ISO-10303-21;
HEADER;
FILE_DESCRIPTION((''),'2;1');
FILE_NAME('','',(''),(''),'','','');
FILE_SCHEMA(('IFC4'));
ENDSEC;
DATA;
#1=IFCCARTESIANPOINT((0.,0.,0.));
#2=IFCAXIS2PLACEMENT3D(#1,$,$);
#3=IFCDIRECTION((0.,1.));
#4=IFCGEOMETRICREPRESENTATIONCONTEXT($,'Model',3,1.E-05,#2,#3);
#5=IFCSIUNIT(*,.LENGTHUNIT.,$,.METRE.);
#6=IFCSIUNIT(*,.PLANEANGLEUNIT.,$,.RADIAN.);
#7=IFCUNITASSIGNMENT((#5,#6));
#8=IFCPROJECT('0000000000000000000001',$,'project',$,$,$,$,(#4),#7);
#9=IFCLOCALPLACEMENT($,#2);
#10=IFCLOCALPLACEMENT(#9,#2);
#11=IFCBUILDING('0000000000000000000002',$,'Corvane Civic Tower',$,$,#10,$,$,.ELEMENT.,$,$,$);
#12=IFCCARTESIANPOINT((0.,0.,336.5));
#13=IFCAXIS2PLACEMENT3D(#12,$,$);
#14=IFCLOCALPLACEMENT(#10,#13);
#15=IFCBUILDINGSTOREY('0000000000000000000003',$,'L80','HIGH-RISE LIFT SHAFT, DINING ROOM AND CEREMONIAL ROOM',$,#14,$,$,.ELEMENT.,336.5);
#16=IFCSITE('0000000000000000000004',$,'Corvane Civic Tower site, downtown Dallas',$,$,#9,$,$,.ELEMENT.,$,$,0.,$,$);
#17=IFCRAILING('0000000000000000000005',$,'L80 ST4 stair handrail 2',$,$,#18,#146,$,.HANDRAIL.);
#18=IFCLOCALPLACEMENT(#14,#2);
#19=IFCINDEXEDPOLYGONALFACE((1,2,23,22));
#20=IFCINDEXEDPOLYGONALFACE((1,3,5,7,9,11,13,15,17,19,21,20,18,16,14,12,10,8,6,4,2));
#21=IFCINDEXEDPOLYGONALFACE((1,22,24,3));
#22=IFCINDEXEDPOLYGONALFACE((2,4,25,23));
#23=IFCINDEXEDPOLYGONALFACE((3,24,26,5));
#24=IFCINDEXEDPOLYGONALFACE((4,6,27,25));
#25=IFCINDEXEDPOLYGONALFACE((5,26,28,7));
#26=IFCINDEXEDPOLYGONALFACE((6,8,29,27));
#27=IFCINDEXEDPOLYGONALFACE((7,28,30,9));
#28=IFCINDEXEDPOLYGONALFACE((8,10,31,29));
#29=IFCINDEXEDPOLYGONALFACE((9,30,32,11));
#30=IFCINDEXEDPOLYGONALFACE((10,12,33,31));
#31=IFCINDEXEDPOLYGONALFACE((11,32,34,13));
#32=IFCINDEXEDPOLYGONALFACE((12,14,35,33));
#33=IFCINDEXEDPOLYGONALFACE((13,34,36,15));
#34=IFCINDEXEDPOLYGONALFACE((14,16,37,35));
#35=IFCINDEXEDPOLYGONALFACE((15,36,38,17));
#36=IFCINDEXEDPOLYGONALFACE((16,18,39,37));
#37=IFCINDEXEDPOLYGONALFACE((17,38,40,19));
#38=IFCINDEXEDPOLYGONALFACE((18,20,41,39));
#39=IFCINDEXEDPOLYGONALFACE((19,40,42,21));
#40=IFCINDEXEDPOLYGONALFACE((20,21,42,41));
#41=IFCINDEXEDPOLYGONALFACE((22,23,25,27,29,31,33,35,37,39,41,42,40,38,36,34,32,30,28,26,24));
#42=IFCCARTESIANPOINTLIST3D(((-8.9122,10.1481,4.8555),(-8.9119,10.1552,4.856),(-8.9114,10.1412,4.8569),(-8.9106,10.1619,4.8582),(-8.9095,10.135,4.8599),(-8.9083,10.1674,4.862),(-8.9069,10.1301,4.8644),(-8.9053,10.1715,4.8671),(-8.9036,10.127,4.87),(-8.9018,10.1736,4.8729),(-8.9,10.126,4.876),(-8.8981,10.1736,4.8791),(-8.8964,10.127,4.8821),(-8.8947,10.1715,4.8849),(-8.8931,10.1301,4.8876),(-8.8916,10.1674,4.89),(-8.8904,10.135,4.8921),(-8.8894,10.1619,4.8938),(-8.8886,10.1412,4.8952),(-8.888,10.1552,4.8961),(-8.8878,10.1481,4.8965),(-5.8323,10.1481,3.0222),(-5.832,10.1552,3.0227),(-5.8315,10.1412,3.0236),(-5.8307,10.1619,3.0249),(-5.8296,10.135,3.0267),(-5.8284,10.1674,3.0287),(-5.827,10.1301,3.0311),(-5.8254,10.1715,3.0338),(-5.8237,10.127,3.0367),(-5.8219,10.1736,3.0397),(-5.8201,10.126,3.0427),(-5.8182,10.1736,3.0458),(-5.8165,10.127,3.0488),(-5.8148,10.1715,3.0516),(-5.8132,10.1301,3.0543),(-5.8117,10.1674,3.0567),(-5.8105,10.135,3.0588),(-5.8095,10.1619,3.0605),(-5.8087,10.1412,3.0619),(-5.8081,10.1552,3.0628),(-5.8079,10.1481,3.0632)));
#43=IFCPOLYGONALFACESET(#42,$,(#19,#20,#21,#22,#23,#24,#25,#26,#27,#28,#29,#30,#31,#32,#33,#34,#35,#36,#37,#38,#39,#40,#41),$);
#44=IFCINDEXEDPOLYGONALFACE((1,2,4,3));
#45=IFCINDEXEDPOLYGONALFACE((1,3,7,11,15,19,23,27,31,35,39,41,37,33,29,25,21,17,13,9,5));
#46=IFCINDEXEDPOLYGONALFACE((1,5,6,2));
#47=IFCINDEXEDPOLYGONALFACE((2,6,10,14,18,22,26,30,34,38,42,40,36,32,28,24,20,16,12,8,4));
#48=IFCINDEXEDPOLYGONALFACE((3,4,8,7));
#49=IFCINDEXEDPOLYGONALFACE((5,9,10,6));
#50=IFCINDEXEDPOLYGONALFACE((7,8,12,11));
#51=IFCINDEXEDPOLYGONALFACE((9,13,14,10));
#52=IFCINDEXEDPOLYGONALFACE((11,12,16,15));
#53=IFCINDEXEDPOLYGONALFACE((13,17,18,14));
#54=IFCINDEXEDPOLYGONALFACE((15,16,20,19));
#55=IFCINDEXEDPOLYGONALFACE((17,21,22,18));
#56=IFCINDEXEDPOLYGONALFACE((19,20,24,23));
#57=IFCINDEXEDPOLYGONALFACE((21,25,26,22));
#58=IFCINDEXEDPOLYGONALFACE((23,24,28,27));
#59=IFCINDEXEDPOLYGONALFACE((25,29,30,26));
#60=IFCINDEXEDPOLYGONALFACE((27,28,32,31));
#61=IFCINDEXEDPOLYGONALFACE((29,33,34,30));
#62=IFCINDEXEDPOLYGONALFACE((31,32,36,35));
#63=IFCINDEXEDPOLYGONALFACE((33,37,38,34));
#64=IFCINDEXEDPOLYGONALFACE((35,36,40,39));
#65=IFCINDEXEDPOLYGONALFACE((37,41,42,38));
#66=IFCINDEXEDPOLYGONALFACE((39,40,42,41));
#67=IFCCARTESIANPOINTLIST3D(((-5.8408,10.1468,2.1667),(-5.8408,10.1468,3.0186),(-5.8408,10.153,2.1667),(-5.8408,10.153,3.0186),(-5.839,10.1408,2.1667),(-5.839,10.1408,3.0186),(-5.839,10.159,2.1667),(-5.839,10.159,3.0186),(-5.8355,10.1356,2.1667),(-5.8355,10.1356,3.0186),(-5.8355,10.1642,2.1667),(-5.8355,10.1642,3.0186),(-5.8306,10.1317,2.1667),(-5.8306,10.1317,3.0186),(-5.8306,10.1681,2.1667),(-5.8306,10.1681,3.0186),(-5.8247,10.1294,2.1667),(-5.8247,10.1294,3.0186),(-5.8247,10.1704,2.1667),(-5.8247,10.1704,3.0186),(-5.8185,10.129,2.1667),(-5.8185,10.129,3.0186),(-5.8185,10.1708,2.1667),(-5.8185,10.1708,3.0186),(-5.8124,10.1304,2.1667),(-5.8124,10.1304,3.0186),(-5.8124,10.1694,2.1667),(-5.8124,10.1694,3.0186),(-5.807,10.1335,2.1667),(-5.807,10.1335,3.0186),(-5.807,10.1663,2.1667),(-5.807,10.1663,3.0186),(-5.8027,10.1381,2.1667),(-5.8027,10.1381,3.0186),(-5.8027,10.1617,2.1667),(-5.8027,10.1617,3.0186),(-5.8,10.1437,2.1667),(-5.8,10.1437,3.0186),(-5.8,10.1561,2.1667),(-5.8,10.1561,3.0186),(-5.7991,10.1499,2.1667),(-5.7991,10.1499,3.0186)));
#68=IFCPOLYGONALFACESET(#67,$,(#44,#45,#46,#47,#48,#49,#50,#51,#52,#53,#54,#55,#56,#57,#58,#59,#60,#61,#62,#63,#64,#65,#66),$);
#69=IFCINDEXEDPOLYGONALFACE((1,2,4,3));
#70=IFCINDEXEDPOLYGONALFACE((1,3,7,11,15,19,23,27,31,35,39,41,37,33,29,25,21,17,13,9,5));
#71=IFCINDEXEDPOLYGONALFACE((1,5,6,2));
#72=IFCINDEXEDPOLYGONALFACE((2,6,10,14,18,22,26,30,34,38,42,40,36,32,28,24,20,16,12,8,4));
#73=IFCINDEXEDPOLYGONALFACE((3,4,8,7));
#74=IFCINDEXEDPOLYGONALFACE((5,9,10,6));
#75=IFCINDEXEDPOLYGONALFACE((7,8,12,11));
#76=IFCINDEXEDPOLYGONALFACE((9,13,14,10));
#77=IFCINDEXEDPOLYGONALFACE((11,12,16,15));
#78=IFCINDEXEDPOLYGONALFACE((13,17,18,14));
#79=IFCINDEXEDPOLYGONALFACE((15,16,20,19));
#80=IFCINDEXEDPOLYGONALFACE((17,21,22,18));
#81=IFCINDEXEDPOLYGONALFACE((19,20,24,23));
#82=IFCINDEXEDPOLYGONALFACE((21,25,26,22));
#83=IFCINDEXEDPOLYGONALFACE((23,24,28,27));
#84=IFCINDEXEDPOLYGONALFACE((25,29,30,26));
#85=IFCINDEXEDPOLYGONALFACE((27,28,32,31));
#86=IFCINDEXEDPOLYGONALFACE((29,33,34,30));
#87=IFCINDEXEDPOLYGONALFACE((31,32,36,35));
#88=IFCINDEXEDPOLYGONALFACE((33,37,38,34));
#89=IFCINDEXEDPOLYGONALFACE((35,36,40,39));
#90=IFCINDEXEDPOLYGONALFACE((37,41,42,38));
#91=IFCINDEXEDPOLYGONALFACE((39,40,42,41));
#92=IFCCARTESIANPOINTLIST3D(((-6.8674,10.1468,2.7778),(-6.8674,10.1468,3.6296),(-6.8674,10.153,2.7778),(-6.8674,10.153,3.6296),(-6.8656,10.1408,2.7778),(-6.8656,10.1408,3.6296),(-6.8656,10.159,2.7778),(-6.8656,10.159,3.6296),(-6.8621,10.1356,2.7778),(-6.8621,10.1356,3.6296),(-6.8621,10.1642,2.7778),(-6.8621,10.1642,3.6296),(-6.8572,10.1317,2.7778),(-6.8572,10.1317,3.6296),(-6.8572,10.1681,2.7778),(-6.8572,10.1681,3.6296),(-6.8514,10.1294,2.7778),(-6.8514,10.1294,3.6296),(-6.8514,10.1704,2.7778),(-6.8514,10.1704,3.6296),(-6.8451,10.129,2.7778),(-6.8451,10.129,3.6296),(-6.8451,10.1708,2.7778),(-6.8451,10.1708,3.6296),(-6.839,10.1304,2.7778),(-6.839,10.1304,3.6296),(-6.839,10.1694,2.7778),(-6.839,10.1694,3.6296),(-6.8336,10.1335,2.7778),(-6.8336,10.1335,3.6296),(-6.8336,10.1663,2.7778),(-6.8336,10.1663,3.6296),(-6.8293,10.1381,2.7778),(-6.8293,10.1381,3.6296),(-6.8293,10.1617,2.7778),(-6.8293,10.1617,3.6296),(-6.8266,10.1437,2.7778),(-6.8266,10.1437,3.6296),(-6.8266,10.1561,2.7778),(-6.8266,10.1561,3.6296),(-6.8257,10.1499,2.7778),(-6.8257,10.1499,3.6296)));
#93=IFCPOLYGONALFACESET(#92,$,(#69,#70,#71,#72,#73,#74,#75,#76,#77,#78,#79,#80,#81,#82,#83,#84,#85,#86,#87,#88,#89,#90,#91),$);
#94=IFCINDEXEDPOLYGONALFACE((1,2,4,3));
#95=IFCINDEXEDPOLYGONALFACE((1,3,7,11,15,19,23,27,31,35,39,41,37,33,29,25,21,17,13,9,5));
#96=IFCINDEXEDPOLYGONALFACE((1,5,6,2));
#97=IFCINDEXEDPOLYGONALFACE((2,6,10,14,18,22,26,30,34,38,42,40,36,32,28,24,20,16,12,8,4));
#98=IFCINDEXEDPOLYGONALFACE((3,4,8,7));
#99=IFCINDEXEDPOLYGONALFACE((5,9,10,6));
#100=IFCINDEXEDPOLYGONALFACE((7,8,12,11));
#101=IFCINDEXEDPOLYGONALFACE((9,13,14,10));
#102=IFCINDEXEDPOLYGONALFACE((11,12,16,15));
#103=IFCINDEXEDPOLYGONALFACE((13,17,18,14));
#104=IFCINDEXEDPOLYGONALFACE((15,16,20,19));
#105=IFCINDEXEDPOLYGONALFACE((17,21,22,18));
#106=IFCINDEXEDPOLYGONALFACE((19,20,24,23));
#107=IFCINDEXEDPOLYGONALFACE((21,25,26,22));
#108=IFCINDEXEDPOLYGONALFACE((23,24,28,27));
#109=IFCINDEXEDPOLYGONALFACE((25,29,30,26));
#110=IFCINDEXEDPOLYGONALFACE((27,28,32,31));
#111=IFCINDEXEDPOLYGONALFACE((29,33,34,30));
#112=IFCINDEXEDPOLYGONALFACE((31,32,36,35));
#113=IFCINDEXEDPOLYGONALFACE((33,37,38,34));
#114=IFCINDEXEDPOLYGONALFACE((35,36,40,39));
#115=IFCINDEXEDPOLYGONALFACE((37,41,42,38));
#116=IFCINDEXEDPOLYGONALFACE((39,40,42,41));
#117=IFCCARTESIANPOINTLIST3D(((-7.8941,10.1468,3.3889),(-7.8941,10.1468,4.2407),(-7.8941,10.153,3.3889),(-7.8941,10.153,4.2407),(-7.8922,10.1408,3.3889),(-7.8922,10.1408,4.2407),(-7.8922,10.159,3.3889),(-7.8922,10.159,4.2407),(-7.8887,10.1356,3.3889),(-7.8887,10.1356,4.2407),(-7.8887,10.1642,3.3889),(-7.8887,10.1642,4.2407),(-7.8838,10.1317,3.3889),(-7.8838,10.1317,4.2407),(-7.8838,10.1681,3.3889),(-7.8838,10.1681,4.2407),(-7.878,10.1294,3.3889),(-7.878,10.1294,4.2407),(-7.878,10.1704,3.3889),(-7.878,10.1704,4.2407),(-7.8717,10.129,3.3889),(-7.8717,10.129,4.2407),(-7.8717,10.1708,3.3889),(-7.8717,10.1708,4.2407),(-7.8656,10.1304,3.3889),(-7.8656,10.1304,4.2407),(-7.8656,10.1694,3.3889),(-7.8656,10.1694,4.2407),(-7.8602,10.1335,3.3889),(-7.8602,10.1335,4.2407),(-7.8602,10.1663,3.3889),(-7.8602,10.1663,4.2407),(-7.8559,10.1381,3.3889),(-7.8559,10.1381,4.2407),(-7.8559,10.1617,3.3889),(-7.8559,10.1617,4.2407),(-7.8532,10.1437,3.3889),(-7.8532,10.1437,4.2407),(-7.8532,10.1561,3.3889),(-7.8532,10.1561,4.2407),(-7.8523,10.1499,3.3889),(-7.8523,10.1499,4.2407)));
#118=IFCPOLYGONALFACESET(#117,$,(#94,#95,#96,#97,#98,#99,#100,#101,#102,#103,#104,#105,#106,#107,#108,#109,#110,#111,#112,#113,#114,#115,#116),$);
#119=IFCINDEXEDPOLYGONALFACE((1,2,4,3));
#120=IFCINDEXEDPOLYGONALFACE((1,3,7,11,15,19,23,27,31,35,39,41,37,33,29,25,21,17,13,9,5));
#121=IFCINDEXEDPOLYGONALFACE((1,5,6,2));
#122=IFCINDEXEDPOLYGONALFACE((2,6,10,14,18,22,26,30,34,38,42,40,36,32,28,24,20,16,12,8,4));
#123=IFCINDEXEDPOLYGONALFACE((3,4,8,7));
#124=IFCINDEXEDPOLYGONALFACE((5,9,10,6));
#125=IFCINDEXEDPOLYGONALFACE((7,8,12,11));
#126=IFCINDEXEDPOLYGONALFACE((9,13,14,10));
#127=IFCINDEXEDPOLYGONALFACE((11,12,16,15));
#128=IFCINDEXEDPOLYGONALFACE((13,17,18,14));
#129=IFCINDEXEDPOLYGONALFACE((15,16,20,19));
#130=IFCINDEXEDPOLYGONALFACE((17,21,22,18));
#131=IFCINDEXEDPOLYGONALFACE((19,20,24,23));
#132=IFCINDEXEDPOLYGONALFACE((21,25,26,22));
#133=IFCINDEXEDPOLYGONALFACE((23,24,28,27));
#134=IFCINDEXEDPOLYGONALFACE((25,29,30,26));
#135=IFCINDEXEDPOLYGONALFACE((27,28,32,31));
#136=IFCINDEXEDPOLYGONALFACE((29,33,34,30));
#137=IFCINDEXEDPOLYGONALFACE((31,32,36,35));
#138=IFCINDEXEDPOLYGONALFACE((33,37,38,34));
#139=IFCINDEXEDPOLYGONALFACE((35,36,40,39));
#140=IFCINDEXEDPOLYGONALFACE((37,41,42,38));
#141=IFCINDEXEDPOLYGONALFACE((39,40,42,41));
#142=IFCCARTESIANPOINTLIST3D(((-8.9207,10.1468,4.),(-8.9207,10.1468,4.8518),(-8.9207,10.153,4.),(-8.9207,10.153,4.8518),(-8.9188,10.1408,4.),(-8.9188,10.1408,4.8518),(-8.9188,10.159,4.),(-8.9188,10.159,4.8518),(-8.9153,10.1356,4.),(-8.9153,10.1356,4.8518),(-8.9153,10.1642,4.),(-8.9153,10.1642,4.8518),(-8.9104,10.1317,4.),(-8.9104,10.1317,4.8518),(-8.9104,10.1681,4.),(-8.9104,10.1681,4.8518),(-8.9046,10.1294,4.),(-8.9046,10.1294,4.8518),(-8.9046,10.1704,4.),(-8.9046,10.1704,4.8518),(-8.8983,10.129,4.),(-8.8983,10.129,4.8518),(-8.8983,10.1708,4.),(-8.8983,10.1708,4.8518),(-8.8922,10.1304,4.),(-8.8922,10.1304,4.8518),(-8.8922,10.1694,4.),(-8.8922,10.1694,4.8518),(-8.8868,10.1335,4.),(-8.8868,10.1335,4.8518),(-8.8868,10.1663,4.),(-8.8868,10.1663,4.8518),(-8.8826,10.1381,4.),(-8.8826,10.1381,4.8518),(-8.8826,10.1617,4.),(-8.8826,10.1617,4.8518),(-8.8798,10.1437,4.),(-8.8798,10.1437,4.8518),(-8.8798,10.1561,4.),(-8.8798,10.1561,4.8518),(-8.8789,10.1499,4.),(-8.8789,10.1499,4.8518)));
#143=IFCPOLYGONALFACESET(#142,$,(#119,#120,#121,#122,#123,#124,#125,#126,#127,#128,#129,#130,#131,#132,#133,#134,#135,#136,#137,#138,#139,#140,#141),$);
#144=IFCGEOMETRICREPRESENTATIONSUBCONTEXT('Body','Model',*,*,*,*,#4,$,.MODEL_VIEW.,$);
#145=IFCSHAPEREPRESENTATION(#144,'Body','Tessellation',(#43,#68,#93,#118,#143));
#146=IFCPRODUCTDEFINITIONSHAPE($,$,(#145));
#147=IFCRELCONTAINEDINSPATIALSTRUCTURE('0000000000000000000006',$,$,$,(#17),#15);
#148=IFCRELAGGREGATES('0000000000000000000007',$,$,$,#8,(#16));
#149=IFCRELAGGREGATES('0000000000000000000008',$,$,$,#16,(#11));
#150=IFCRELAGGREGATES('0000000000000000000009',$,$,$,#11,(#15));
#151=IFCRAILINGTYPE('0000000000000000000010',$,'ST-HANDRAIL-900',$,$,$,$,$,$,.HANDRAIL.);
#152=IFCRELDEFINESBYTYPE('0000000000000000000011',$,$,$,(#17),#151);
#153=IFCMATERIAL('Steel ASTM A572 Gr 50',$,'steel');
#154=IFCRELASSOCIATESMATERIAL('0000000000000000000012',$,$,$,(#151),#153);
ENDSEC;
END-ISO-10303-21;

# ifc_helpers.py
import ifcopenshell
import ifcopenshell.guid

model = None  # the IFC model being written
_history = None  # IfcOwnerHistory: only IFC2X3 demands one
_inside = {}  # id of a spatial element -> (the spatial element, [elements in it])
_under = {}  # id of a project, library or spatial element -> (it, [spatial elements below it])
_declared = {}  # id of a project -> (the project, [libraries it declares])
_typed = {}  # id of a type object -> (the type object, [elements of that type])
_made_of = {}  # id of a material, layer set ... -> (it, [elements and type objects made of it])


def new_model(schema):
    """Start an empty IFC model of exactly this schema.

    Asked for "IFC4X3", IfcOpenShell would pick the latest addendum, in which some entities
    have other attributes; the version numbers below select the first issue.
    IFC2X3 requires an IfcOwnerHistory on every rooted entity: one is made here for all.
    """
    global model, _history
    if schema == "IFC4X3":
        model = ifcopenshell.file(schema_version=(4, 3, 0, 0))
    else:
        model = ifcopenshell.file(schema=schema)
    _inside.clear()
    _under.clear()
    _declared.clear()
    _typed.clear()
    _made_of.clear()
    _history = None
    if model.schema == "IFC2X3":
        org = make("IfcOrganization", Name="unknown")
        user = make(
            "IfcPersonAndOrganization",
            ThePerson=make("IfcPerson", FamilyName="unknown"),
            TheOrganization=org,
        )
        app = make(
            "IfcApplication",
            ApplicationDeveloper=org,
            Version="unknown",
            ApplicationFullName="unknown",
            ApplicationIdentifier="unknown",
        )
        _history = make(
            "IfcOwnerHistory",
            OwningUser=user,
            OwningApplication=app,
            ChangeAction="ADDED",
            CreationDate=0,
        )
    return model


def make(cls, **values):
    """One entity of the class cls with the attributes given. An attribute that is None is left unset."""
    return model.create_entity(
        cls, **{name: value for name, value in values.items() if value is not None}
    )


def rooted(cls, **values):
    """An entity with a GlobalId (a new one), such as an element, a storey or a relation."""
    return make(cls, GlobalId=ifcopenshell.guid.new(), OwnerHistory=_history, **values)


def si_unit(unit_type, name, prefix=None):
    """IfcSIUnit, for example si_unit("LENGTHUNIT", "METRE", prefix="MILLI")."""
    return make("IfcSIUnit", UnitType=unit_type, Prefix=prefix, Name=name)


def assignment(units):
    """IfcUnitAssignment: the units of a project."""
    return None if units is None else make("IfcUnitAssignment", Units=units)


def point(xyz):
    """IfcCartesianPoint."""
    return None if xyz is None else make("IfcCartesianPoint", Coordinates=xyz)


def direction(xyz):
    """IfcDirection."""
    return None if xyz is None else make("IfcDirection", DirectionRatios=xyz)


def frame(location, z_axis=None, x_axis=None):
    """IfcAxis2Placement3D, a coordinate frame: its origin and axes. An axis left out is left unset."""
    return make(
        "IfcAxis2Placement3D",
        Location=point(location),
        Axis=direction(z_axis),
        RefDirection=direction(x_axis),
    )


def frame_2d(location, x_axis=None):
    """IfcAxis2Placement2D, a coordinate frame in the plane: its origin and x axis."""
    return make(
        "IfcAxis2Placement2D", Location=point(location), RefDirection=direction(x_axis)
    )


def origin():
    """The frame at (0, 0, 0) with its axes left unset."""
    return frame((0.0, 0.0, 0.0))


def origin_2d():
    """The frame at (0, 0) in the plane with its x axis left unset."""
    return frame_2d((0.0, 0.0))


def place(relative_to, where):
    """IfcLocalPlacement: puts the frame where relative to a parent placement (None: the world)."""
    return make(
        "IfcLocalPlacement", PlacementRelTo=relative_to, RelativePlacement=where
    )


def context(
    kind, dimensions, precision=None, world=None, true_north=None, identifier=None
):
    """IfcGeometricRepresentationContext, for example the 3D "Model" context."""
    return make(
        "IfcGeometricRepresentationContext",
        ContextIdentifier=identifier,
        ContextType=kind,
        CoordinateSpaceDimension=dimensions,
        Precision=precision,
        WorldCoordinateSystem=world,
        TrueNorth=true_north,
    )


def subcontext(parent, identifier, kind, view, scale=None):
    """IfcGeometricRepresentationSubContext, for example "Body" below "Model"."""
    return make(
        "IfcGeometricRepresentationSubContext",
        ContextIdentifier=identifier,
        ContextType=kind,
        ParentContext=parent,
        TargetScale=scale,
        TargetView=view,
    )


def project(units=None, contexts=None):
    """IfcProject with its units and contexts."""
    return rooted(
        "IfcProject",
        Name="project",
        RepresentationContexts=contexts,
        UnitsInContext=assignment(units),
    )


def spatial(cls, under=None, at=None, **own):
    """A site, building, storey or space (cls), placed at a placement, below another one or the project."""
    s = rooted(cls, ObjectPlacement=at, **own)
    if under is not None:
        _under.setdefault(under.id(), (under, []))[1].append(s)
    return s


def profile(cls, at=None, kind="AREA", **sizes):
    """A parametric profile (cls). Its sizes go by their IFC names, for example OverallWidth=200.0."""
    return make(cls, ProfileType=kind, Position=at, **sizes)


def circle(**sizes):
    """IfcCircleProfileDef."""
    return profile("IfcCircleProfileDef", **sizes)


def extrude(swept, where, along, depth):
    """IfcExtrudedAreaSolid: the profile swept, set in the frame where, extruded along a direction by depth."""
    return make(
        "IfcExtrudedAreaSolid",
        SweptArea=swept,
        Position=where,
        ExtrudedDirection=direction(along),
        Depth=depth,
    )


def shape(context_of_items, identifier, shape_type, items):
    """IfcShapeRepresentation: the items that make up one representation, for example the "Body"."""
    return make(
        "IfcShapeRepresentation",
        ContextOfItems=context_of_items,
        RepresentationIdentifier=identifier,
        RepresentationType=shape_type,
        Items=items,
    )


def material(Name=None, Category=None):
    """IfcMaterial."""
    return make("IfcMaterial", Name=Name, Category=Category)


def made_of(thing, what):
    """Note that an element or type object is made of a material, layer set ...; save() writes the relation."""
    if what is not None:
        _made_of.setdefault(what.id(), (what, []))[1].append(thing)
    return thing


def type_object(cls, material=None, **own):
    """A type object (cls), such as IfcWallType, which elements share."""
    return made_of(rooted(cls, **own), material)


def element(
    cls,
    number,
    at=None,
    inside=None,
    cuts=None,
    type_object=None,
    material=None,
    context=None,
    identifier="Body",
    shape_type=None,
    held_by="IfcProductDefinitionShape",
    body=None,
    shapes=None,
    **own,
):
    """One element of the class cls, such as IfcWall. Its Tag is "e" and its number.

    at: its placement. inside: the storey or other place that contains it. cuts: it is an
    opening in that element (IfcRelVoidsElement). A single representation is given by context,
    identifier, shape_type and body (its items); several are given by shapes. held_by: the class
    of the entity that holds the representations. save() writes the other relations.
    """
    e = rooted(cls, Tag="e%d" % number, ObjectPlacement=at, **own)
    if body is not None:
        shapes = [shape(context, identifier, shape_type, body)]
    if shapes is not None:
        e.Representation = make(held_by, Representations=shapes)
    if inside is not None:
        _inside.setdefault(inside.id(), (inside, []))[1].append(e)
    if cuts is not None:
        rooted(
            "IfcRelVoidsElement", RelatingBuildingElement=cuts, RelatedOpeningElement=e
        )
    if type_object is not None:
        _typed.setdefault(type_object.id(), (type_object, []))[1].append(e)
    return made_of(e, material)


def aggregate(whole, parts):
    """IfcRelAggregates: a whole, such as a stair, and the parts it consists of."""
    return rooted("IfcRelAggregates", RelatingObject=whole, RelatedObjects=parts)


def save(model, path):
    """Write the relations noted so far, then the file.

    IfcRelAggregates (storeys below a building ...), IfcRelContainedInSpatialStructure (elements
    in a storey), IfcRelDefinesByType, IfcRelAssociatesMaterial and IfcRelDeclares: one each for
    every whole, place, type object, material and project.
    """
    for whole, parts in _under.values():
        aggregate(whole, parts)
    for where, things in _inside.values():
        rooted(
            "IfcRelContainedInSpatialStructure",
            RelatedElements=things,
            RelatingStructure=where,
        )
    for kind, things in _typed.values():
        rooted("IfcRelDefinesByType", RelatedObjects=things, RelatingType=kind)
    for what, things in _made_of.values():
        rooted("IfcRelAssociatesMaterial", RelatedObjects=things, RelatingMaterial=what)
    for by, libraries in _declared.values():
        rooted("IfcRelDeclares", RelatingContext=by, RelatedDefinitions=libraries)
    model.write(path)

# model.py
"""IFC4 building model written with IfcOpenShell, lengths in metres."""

from ifc_helpers import new_model, si_unit, direction, frame, origin, origin_2d, place, context, subcontext, project, spatial, circle, extrude, material, type_object, element, save


model = new_model("IFC4")

# Units and contexts
model_context = context("Model", 3, precision=1e-05, world=origin(), true_north=direction((0.0, 1.0)))
body_context = subcontext(model_context, "Body", "Model", "MODEL_VIEW")
ifc_project = project(units=[si_unit("LENGTHUNIT", "METRE"), si_unit("PLANEANGLEUNIT", "RADIAN")], contexts=[model_context])

# Site, building, storey
site_placement = place(None, origin())
site = spatial("IfcSite", under=ifc_project, at=site_placement, Name="Corvane Civic Tower site, downtown Dallas", CompositionType="ELEMENT", RefElevation=0.0)
building_placement = place(site_placement, origin())
building = spatial("IfcBuilding", under=site, at=building_placement, Name="Corvane Civic Tower", CompositionType="ELEMENT")
storey_placement = place(building_placement, frame((0.0, 0.0, 336.5)))
storey = spatial("IfcBuildingStorey", under=building, at=storey_placement, Name="L80", Description="HIGH-RISE LIFT SHAFT, DINING ROOM AND CEREMONIAL ROOM", CompositionType="ELEMENT", Elevation=336.5)

# Railing
ifc_material_1 = material(Name="Steel ASTM A572 Gr 50", Category="steel")
railing_type_1 = type_object("IfcRailingType", Name="ST-HANDRAIL-900", PredefinedType="HANDRAIL", material=ifc_material_1)
railing_1_placement = place(storey_placement, frame((-5.8201, 10.1499, 2.1667)))
element("IfcRailing", 1, at=railing_1_placement, inside=storey, type_object=railing_type_1, Name="L80 ST4 stair handrail 2", PredefinedType="HANDRAIL", context=body_context, shape_type="SweptSolid", body=[
    extrude(circle(Radius=0.0239, at=origin_2d()), frame((0.0, 0.0, 0.876), z_axis=(-0.859291, 0.0, 0.511487), x_axis=(0.0, -1.0, 0.0)), (0.0, 0.0, 1.0), 3.5842),
    extrude(circle(Radius=0.021, at=origin_2d()), origin(), (0.0, 0.0, 1.0), 0.8518),
    extrude(circle(Radius=0.021, at=origin_2d()), frame((-1.0266, 0.0, 0.6111)), (0.0, 0.0, 1.0), 0.8518),
    extrude(circle(Radius=0.021, at=origin_2d()), frame((-2.0532, 0.0, 1.2222)), (0.0, 0.0, 1.0), 0.8518),
    extrude(circle(Radius=0.021, at=origin_2d()), frame((-3.0798, 0.0, 1.8333)), (0.0, 0.0, 1.0), 0.8518),
])

save(model, "model.ifc")
